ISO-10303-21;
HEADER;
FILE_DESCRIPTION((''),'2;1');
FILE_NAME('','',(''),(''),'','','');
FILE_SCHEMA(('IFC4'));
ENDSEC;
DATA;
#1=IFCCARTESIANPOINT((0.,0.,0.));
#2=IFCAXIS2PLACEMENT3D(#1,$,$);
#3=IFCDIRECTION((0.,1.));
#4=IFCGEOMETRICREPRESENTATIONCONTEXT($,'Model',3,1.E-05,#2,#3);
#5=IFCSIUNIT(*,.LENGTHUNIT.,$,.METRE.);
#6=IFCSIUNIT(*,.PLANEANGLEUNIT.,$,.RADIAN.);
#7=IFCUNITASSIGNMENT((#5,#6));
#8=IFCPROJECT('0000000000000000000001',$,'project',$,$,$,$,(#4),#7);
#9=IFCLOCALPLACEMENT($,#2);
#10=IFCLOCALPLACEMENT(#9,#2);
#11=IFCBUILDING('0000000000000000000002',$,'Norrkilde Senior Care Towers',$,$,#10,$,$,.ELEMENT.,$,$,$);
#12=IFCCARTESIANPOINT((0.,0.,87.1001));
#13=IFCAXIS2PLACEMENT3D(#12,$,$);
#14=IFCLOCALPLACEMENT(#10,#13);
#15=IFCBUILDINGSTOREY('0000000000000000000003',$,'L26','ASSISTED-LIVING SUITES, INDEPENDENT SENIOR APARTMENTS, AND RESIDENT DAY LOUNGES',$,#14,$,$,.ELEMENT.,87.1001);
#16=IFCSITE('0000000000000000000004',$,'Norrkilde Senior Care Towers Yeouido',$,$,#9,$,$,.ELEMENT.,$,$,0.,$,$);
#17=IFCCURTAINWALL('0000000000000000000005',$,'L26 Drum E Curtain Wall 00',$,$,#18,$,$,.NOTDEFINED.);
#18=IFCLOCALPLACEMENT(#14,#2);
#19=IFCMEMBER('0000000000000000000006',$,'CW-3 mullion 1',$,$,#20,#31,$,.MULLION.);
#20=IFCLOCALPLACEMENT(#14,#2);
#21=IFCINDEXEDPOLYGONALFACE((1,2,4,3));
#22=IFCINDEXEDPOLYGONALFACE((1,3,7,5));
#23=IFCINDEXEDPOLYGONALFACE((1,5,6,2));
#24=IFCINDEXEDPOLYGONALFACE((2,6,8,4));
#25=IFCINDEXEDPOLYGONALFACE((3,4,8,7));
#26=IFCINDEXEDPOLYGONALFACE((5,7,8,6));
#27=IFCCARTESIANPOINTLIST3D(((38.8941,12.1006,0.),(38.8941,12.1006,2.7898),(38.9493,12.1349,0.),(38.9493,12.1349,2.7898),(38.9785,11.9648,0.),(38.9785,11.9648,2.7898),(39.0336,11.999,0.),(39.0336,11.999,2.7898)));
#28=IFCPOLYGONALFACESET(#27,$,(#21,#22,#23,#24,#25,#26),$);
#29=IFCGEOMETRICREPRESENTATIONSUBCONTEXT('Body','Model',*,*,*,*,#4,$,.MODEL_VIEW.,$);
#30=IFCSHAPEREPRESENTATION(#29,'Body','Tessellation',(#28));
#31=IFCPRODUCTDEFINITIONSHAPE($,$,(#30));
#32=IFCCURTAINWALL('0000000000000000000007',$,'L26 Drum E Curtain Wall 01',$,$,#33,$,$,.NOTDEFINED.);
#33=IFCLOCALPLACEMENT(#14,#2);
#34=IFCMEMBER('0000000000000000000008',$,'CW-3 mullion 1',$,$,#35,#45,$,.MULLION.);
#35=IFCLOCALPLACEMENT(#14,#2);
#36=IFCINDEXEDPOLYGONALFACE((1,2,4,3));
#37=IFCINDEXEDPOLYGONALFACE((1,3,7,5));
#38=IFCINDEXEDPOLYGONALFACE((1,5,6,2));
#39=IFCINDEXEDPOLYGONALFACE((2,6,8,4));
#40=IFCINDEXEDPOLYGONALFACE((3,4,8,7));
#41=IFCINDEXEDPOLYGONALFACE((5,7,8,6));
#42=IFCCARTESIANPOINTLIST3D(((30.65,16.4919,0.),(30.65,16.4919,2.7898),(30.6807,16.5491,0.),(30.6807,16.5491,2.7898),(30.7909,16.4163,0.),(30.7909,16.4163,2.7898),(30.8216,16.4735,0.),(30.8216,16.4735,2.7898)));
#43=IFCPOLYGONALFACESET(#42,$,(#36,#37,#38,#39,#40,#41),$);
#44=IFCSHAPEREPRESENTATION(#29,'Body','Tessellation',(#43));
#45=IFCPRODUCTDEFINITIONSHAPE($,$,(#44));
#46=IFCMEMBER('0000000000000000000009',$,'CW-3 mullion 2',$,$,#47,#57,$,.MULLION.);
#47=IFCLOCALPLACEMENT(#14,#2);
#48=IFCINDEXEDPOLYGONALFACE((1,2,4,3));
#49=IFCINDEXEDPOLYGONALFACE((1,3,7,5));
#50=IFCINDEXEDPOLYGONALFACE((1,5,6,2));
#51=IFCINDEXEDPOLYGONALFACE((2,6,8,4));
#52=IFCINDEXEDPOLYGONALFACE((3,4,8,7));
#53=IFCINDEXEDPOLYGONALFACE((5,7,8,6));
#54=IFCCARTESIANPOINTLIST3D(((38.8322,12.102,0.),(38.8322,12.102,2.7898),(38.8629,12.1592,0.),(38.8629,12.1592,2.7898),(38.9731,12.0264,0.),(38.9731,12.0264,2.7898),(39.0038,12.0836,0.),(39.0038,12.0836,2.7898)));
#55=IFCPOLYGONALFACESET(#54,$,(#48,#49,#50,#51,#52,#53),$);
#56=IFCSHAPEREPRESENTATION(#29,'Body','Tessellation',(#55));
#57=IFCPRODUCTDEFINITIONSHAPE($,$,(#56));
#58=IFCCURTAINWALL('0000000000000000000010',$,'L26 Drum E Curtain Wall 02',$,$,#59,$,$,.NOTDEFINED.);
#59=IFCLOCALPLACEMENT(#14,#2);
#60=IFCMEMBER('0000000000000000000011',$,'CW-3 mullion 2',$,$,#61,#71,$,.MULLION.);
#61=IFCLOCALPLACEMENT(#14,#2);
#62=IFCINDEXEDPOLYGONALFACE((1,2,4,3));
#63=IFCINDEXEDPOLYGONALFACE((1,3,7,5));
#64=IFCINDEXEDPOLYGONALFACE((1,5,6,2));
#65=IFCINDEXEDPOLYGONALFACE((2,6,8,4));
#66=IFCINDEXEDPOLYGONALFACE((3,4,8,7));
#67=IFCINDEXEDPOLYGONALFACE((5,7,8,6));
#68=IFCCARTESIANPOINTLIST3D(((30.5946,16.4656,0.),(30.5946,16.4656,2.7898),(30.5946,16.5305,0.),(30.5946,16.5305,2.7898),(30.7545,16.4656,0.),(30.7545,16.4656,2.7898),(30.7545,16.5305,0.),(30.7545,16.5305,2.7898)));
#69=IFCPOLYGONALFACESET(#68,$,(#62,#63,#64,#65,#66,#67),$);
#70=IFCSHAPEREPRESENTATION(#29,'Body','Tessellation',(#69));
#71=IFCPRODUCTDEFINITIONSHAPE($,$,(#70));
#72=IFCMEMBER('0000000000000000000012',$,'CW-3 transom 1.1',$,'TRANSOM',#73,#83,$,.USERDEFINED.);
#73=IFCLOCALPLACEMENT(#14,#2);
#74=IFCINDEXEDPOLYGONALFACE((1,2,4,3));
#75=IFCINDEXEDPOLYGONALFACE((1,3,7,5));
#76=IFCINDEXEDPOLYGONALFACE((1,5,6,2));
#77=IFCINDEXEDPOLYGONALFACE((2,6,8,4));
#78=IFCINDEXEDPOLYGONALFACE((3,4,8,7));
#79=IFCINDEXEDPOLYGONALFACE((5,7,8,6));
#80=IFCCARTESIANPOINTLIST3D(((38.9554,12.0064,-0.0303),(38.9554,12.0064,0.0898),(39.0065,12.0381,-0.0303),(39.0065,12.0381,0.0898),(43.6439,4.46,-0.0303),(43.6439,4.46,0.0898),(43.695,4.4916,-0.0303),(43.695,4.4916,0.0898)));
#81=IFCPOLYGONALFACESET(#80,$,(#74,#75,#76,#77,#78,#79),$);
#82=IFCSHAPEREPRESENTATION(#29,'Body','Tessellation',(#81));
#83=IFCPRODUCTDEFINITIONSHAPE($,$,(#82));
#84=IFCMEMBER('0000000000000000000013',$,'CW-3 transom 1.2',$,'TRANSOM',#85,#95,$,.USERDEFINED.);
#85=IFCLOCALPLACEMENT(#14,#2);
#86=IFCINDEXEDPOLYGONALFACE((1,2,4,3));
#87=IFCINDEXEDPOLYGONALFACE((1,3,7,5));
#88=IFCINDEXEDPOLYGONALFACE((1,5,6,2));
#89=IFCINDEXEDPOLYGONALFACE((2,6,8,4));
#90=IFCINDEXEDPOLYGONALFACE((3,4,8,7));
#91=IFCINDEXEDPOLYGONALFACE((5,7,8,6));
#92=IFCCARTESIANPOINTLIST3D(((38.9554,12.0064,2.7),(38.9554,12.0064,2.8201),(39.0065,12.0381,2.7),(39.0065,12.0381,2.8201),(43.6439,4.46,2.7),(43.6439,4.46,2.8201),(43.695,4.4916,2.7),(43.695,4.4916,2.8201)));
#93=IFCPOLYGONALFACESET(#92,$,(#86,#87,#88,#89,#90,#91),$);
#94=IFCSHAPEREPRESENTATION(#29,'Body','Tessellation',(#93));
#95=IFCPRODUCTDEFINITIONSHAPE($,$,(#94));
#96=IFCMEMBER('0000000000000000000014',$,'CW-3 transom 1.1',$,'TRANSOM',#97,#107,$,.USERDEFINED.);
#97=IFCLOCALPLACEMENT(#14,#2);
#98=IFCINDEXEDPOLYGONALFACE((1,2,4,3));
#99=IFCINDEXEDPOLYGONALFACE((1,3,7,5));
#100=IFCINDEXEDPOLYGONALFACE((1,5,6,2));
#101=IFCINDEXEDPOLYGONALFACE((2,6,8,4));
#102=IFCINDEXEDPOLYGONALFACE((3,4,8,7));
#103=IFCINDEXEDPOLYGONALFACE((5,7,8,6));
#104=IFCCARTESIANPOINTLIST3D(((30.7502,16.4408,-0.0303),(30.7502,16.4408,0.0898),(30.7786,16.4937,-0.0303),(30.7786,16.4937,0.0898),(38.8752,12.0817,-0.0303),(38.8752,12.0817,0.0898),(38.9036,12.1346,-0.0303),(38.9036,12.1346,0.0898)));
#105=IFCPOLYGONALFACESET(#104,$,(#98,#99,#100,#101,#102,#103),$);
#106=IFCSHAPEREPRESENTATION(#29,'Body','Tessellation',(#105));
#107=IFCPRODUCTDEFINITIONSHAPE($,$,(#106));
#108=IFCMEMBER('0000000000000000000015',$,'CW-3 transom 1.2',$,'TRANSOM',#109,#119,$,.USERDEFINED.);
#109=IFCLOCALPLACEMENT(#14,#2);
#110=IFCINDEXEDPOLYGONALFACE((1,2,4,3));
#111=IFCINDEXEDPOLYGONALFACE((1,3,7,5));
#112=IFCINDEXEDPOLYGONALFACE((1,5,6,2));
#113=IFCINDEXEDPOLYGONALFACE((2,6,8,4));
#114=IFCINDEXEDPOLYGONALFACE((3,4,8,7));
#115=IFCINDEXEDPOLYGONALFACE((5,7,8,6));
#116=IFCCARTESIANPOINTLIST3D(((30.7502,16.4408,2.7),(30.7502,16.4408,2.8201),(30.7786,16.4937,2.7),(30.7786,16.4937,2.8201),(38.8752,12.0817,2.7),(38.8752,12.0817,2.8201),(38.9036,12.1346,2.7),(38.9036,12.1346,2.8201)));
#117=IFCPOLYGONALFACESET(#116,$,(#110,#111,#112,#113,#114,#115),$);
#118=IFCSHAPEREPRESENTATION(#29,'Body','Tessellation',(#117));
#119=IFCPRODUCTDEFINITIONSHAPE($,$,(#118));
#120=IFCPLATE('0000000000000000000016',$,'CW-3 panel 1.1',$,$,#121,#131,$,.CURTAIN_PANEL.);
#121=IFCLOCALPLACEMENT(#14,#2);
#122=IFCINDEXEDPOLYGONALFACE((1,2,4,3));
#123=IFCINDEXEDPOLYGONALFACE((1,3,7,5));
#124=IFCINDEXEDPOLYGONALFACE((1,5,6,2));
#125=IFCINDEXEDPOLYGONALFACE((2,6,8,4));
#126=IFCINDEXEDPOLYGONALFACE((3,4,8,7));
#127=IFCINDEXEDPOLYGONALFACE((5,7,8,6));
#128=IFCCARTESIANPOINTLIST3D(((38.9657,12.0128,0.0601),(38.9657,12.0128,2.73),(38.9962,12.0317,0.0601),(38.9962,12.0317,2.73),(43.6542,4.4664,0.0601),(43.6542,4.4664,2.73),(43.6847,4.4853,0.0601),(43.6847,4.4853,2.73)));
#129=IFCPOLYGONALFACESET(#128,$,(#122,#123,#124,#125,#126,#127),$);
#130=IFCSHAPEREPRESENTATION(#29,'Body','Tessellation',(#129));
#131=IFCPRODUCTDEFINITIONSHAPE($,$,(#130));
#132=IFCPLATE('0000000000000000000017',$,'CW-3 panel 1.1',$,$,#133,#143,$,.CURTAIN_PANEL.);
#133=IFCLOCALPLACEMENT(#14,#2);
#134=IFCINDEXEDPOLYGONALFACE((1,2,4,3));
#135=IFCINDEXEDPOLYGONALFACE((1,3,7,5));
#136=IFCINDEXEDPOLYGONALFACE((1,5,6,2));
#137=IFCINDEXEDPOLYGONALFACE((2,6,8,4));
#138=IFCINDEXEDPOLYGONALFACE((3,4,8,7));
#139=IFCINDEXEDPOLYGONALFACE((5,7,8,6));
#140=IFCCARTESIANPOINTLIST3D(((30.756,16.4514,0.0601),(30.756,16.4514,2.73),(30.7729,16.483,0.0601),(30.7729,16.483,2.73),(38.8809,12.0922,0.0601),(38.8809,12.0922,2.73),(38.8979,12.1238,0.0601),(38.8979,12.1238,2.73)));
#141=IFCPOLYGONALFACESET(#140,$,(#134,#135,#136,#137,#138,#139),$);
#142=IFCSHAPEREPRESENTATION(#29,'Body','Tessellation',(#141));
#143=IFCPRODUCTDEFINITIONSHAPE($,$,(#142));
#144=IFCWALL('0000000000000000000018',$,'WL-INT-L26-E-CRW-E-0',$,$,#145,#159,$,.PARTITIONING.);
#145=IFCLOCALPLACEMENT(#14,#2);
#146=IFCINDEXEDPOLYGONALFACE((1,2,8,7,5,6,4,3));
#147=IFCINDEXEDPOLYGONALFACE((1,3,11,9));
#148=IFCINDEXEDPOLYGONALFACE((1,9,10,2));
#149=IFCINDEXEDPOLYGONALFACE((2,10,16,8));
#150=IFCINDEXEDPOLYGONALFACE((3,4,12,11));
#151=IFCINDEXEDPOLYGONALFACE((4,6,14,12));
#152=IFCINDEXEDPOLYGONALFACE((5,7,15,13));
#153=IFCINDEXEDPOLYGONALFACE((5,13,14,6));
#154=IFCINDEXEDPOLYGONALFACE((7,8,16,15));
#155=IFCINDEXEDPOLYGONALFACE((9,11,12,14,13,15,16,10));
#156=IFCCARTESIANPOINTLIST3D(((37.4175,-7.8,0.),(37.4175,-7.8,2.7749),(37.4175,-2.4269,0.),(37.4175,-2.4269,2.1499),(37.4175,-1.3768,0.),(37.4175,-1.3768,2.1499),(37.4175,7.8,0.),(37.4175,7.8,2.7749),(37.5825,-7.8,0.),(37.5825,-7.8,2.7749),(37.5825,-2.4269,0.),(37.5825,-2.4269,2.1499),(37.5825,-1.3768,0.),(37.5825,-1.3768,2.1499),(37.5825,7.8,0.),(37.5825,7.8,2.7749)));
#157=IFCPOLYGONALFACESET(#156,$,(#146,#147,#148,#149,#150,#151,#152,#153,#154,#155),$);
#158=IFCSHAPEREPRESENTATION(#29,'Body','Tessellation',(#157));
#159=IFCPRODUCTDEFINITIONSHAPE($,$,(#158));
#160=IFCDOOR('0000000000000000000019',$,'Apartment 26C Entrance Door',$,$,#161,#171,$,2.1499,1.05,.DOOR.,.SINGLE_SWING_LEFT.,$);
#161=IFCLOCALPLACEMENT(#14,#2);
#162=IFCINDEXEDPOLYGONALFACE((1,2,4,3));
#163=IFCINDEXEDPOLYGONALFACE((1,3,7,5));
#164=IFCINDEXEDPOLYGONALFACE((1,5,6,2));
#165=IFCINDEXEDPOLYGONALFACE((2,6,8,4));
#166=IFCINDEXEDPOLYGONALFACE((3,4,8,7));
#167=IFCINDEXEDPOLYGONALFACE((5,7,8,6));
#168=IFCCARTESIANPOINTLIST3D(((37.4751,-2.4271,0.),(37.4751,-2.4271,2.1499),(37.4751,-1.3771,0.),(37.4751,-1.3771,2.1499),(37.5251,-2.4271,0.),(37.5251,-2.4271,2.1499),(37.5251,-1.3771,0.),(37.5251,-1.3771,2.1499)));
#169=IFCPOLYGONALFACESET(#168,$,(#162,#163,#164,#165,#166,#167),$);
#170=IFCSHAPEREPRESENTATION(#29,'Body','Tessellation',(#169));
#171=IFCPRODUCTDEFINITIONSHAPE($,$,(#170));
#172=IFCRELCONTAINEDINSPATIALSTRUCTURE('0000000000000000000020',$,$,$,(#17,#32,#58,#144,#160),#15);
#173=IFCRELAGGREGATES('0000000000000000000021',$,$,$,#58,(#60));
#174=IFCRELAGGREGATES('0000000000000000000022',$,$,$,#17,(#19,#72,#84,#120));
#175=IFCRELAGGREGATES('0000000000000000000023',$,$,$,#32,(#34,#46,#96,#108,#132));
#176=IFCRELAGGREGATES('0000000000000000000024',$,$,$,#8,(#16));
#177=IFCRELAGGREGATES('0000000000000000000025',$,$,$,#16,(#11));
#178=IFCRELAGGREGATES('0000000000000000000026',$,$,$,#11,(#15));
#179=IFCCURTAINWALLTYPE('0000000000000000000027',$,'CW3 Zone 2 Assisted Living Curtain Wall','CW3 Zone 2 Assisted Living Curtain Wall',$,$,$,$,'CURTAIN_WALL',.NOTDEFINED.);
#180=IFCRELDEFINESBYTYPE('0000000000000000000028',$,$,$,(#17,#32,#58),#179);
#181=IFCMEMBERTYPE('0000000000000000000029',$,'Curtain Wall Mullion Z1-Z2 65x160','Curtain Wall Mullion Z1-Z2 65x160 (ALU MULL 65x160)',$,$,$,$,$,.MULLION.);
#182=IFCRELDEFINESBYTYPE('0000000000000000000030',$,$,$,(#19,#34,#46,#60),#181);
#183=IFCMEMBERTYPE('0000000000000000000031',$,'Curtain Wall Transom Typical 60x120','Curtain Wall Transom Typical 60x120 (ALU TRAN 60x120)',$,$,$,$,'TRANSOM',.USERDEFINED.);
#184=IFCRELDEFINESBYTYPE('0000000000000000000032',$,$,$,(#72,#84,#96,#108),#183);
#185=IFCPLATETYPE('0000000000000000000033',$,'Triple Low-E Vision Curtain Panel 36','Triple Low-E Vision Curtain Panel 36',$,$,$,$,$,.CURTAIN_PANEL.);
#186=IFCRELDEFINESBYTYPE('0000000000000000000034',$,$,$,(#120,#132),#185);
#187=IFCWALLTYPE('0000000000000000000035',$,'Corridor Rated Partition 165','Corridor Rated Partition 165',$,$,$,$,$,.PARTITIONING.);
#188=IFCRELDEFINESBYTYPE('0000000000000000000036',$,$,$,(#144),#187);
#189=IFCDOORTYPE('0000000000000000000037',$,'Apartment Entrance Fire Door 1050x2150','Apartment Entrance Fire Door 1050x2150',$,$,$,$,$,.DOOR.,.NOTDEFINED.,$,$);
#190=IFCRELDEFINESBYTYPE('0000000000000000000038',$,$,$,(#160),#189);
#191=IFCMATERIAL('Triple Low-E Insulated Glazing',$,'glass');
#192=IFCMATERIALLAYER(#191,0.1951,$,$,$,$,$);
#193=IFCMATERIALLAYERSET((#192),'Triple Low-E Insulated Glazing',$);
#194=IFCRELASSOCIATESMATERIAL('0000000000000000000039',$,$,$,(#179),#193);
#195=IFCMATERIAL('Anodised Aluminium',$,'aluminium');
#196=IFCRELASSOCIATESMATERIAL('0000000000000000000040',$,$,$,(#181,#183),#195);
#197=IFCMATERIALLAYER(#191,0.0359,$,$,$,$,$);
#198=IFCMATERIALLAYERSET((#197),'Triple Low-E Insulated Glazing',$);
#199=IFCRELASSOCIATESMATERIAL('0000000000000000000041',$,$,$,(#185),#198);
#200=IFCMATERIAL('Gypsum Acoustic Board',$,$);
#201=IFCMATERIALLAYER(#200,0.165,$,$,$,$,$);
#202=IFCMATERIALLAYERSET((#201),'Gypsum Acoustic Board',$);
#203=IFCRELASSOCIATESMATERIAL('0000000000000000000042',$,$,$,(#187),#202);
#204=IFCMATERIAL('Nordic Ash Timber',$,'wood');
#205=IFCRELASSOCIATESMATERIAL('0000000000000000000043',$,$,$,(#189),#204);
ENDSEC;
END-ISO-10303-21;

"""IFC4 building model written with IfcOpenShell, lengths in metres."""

from ifc_helpers import new_model, si_unit, direction, frame, frame_2d, origin, origin_2d, place, context, subcontext, project, spatial, rectangle, extrude, source, transform, mapped, material, layer, layer_set, material_profile, profile_set, type_object, type_shapes, element, fill, aggregate, save


model = new_model("IFC4")

# Units and contexts
model_context = context("Model", 3, precision=1e-05, world=origin(), true_north=direction((0.0, 1.0)))
body_context = subcontext(model_context, "Body", "Model", "MODEL_VIEW")
ifc_project = project(units=[si_unit("LENGTHUNIT", "METRE"), si_unit("PLANEANGLEUNIT", "RADIAN")], contexts=[model_context])

# Site, building, storey
site_placement = place(None, origin())
site = spatial("IfcSite", under=ifc_project, at=site_placement, Name="Norrkilde Senior Care Towers Yeouido", CompositionType="ELEMENT", RefElevation=0.0)
building_placement = place(site_placement, origin())
building = spatial("IfcBuilding", under=site, at=building_placement, Name="Norrkilde Senior Care Towers", CompositionType="ELEMENT")
storey_placement = place(building_placement, frame((0.0, 0.0, 87.1001)))
storey = spatial("IfcBuildingStorey", under=building, at=storey_placement, Name="L26", Description="ASSISTED-LIVING SUITES, INDEPENDENT SENIOR APARTMENTS, AND RESIDENT DAY LOUNGES", CompositionType="ELEMENT", Elevation=87.1001)

# Curtain wall, member
ifc_material_1 = material(Name="Triple Low-E Insulated Glazing", Category="glass")
ifc_layer_1 = layer(ifc_material_1, 0.1951)
ifc_layer_set_1 = layer_set([ifc_layer_1], Name="Triple Low-E Insulated Glazing")
curtain_wall_type = type_object("IfcCurtainWallType", Name="CW3 Zone 2 Assisted Living Curtain Wall", Description="CW3 Zone 2 Assisted Living Curtain Wall", ElementType="CURTAIN_WALL", PredefinedType="NOTDEFINED", material=ifc_layer_set_1)
curtain_wall_1_placement = place(storey_placement, origin())
curtain_wall_1 = element("IfcCurtainWall", 1, at=curtain_wall_1_placement, inside=storey, type_object=curtain_wall_type, Name="L26 Drum E Curtain Wall 00", PredefinedType="NOTDEFINED")
ifc_material_2 = material(Name="Anodised Aluminium", Category="aluminium")
ifc_material_profile_1 = material_profile(ifc_material_2, rectangle(XDim=0.0649, YDim=0.1599, at=origin_2d()), Name="ALU MULL 65x160")
ifc_profile_set_1 = profile_set([ifc_material_profile_1], Name="Anodised Aluminium")
member_type_1 = type_object("IfcMemberType", Name="Curtain Wall Mullion Z1-Z2 65x160", Description="Curtain Wall Mullion Z1-Z2 65x160 (ALU MULL 65x160)", PredefinedType="MULLION", material=ifc_profile_set_1)
shared_shape_1 = source(origin(), body_context, "Body", "SweptSolid", [
    extrude(rectangle(XDim=0.0649, YDim=0.1599, at=origin_2d()), origin(), (0.0, 0.0, 1.0), 2.7898),
])
type_shapes(member_type_1, [shared_shape_1])
member_1_placement = place(storey_placement, frame((38.9639, 12.0498, 0.0), z_axis=(0.0, 0.0, 1.0), x_axis=(0.84941, 0.527733, 0.0)))
member_1 = element("IfcMember", 2, at=member_1_placement, type_object=member_type_1, Name="CW-3 mullion 1", PredefinedType="MULLION", context=body_context, shape_type="MappedRepresentation", body=[
    mapped(shared_shape_1, transform((0.0, 0.0, 0.0), x_axis=(1.0, 0.0, 0.0), y_axis=(0.0, 1.0, 0.0), z_axis=(0.0, 0.0, 1.0), scale=1.0)),
])

# Curtain wall, members
curtain_wall_2_placement = place(storey_placement, origin())
curtain_wall_2 = element("IfcCurtainWall", 3, at=curtain_wall_2_placement, inside=storey, type_object=curtain_wall_type, Name="L26 Drum E Curtain Wall 01", PredefinedType="NOTDEFINED")
member_2_placement = place(storey_placement, frame((30.7358, 16.4827, 0.0), z_axis=(0.0, 0.0, 1.0), x_axis=(0.472769, 0.881186, 0.0)))
member_2 = element("IfcMember", 4, at=member_2_placement, type_object=member_type_1, Name="CW-3 mullion 1", PredefinedType="MULLION", context=body_context, shape_type="MappedRepresentation", body=[
    mapped(shared_shape_1, transform((0.0, 0.0, 0.0), x_axis=(1.0, 0.0, 0.0), y_axis=(0.0, 1.0, 0.0), z_axis=(0.0, 0.0, 1.0), scale=1.0)),
])
member_3_placement = place(storey_placement, frame((38.918, 12.0928, 0.0), z_axis=(0.0, 0.0, 1.0), x_axis=(0.472769, 0.881186, 0.0)))
member_3 = element("IfcMember", 5, at=member_3_placement, type_object=member_type_1, Name="CW-3 mullion 2", PredefinedType="MULLION", context=body_context, shape_type="MappedRepresentation", body=[
    mapped(shared_shape_1, transform((0.0, 0.0, 0.0), x_axis=(1.0, 0.0, 0.0), y_axis=(0.0, 1.0, 0.0), z_axis=(0.0, 0.0, 1.0), scale=1.0)),
])

# Curtain wall, member
curtain_wall_3_placement = place(storey_placement, origin())
curtain_wall_3 = element("IfcCurtainWall", 6, at=curtain_wall_3_placement, inside=storey, type_object=curtain_wall_type, Name="L26 Drum E Curtain Wall 02", PredefinedType="NOTDEFINED")
member_4_placement = place(storey_placement, frame((30.6746, 16.498, 0.0), z_axis=(0.0, 0.0, 1.0), x_axis=(0.0, 1.0, 0.0)))
member_4 = element("IfcMember", 7, at=member_4_placement, type_object=member_type_1, Name="CW-3 mullion 2", PredefinedType="MULLION", context=body_context, shape_type="MappedRepresentation", body=[
    mapped(shared_shape_1, transform((0.0, 0.0, 0.0), x_axis=(1.0, 0.0, 0.0), y_axis=(0.0, 1.0, 0.0), z_axis=(0.0, 0.0, 1.0), scale=1.0)),
])
aggregate(curtain_wall_3, [member_4])

# Members
ifc_material_profile_2 = material_profile(ifc_material_2, rectangle(XDim=0.0601, YDim=0.1201, at=origin_2d()), Name="ALU TRAN 60x120")
ifc_profile_set_2 = profile_set([ifc_material_profile_2], Name="Anodised Aluminium")
member_type_2 = type_object("IfcMemberType", Name="Curtain Wall Transom Typical 60x120", Description="Curtain Wall Transom Typical 60x120 (ALU TRAN 60x120)", ElementType="TRANSOM", PredefinedType="USERDEFINED", material=ifc_profile_set_2)
shared_shape_2 = source(origin(), body_context, "Body", "SweptSolid", [
    extrude(rectangle(XDim=0.0601, YDim=0.1201, at=origin_2d()), origin(), (0.0, 0.0, 1.0), 8.8843),
])
member_5_placement = place(storey_placement, frame((38.981, 12.0222, 0.0298), z_axis=(0.527729, -0.849413, 0.0), x_axis=(0.849413, 0.527729, 0.0)))
member_5 = element("IfcMember", 8, at=member_5_placement, type_object=member_type_2, Name="CW-3 transom 1.1", ObjectType="TRANSOM", PredefinedType="USERDEFINED", context=body_context, shape_type="MappedRepresentation", body=[
    mapped(shared_shape_2, transform((0.0, 0.0, 0.0), x_axis=(1.0, 0.0, 0.0), y_axis=(0.0, 1.0, 0.0), z_axis=(0.0, 0.0, 1.0), scale=1.0)),
])
member_6_placement = place(storey_placement, frame((38.981, 12.0222, 2.76), z_axis=(0.527729, -0.849413, 0.0), x_axis=(0.849413, 0.527729, 0.0)))
member_6 = element("IfcMember", 9, at=member_6_placement, type_object=member_type_2, Name="CW-3 transom 1.2", ObjectType="TRANSOM", PredefinedType="USERDEFINED", context=body_context, shape_type="MappedRepresentation", body=[
    mapped(shared_shape_2, transform((0.0, 0.0, 0.0), x_axis=(1.0, 0.0, 0.0), y_axis=(0.0, 1.0, 0.0), z_axis=(0.0, 0.0, 1.0), scale=1.0)),
])
shared_shape_3 = source(origin(), body_context, "Body", "SweptSolid", [
    extrude(rectangle(XDim=0.0601, YDim=0.1201, at=origin_2d()), origin(), (0.0, 0.0, 1.0), 9.2205),
])
type_shapes(member_type_2, [shared_shape_2, shared_shape_3])
member_7_placement = place(storey_placement, frame((30.7644, 16.4673, 0.0298), z_axis=(0.881189, -0.472765, 0.0), x_axis=(0.472765, 0.881189, 0.0)))
member_7 = element("IfcMember", 10, at=member_7_placement, type_object=member_type_2, Name="CW-3 transom 1.1", ObjectType="TRANSOM", PredefinedType="USERDEFINED", context=body_context, shape_type="MappedRepresentation", body=[
    mapped(shared_shape_3, transform((0.0, 0.0, 0.0), x_axis=(1.0, 0.0, 0.0), y_axis=(0.0, 1.0, 0.0), z_axis=(0.0, 0.0, 1.0), scale=1.0)),
])
member_8_placement = place(storey_placement, frame((30.7644, 16.4673, 2.76), z_axis=(0.881189, -0.472765, 0.0), x_axis=(0.472765, 0.881189, 0.0)))
member_8 = element("IfcMember", 11, at=member_8_placement, type_object=member_type_2, Name="CW-3 transom 1.2", ObjectType="TRANSOM", PredefinedType="USERDEFINED", context=body_context, shape_type="MappedRepresentation", body=[
    mapped(shared_shape_3, transform((0.0, 0.0, 0.0), x_axis=(1.0, 0.0, 0.0), y_axis=(0.0, 1.0, 0.0), z_axis=(0.0, 0.0, 1.0), scale=1.0)),
])

# Plates
ifc_layer_2 = layer(ifc_material_1, 0.0359)
ifc_layer_set_2 = layer_set([ifc_layer_2], Name="Triple Low-E Insulated Glazing")
plate_type = type_object("IfcPlateType", Name="Triple Low-E Vision Curtain Panel 36", Description="Triple Low-E Vision Curtain Panel 36", PredefinedType="CURTAIN_PANEL", material=ifc_layer_set_2)
shared_shape_4 = source(origin(), body_context, "Body", "SweptSolid", [
    extrude(rectangle(XDim=8.8843, YDim=0.0359, at=origin_2d()), origin(), (0.0, 0.0, 1.0), 2.6699),
])
plate_1_placement = place(storey_placement, frame((41.3252, 8.249, 0.0601), z_axis=(0.0, 0.0, 1.0), x_axis=(0.527733, -0.84941, 0.0)))
plate_1 = element("IfcPlate", 12, at=plate_1_placement, type_object=plate_type, Name="CW-3 panel 1.1", PredefinedType="CURTAIN_PANEL", context=body_context, shape_type="MappedRepresentation", body=[
    mapped(shared_shape_4, transform((0.0, 0.0, 0.0), x_axis=(1.0, 0.0, 0.0), y_axis=(0.0, 1.0, 0.0), z_axis=(0.0, 0.0, 1.0), scale=1.0)),
])
aggregate(curtain_wall_1, [member_1, member_5, member_6, plate_1])
shared_shape_5 = source(origin(), body_context, "Body", "SweptSolid", [
    extrude(rectangle(XDim=9.2205, YDim=0.0359, at=origin_2d()), origin(), (0.0, 0.0, 1.0), 2.6699),
])
type_shapes(plate_type, [shared_shape_4, shared_shape_5])
plate_2_placement = place(storey_placement, frame((34.8269, 14.2876, 0.0601), z_axis=(0.0, 0.0, 1.0), x_axis=(0.881186, -0.472769, 0.0)))
plate_2 = element("IfcPlate", 13, at=plate_2_placement, type_object=plate_type, Name="CW-3 panel 1.1", PredefinedType="CURTAIN_PANEL", context=body_context, shape_type="MappedRepresentation", body=[
    mapped(shared_shape_5, transform((0.0, 0.0, 0.0), x_axis=(1.0, 0.0, 0.0), y_axis=(0.0, 1.0, 0.0), z_axis=(0.0, 0.0, 1.0), scale=1.0)),
])
aggregate(curtain_wall_2, [member_2, member_3, member_7, member_8, plate_2])

# Wall, opening, door
ifc_material_3 = material(Name="Gypsum Acoustic Board")
ifc_layer_3 = layer(ifc_material_3, 0.165)
ifc_layer_set_3 = layer_set([ifc_layer_3], Name="Gypsum Acoustic Board")
wall_type_1 = type_object("IfcWallType", Name="Corridor Rated Partition 165", Description="Corridor Rated Partition 165", PredefinedType="PARTITIONING", material=ifc_layer_set_3)
shared_shape_6 = source(origin(), body_context, "Body", "SweptSolid", [
    extrude(rectangle(XDim=15.6001, YDim=0.165, at=frame_2d((7.8, 0.0))), origin(), (0.0, 0.0, 1.0), 2.7749),
])
wall_1_placement = place(storey_placement, frame((37.5, 7.8, 0.0), z_axis=(0.0, 0.0, 1.0), x_axis=(0.0, -1.0, 0.0)))
wall_1 = element("IfcWall", 14, at=wall_1_placement, inside=storey, type_object=wall_type_1, Name="WL-INT-L26-E-CRW-E-0", PredefinedType="PARTITIONING", context=body_context, shape_type="MappedRepresentation", body=[
    mapped(shared_shape_6, transform((0.0, 0.0, 0.0), x_axis=(1.0, 0.0, 0.0), y_axis=(0.0, 1.0, 0.0), z_axis=(0.0, 0.0, 1.0), scale=1.0)),
])
opening_1_placement = place(wall_1_placement, frame((9.177, 0.0, 0.0)))
opening_1 = element("IfcOpeningElement", 15, at=opening_1_placement, cuts=wall_1, PredefinedType="OPENING", context=body_context, shape_type="SweptSolid", body=[
    extrude(rectangle(XDim=1.05, YDim=2.1499, at=frame_2d((0.5249, 1.075))), frame((0.0, 0.0925, 0.0), z_axis=(0.0, -1.0, 0.0), x_axis=(1.0, 0.0, 0.0)), (0.0, 0.0, 1.0), 0.1851),
])
ifc_material_4 = material(Name="Nordic Ash Timber", Category="wood")
door_type_1 = type_object("IfcDoorType", Name="Apartment Entrance Fire Door 1050x2150", Description="Apartment Entrance Fire Door 1050x2150", OperationType="NOTDEFINED", PredefinedType="DOOR", material=ifc_material_4)
shared_shape_7 = source(origin(), body_context, "Body", "SweptSolid", [
    extrude(rectangle(XDim=1.05, YDim=2.1499, at=frame_2d((0.5249, 1.075))), frame((0.0, 0.0249, 0.0), z_axis=(0.0, -1.0, 0.0), x_axis=(1.0, 0.0, 0.0)), (0.0, 0.0, 1.0), 0.05),
])
type_shapes(door_type_1, [shared_shape_7])
door_1_placement = place(opening_1_placement, frame((1.05, 0.0, 0.0), z_axis=(0.0, 0.0, 1.0), x_axis=(-1.0, 0.0, 0.0)))
door_1 = element("IfcDoor", 16, at=door_1_placement, inside=storey, type_object=door_type_1, Name="Apartment 26C Entrance Door", OperationType="SINGLE_SWING_LEFT", OverallHeight=2.1499, OverallWidth=1.05, PredefinedType="DOOR", context=body_context, shape_type="MappedRepresentation", body=[
    mapped(shared_shape_7, transform((0.0, 0.0, 0.0), x_axis=(1.0, 0.0, 0.0), y_axis=(0.0, 1.0, 0.0), z_axis=(0.0, 0.0, 1.0), scale=1.0)),
])
fill(opening_1, door_1)

save(model, "model.ifc")
